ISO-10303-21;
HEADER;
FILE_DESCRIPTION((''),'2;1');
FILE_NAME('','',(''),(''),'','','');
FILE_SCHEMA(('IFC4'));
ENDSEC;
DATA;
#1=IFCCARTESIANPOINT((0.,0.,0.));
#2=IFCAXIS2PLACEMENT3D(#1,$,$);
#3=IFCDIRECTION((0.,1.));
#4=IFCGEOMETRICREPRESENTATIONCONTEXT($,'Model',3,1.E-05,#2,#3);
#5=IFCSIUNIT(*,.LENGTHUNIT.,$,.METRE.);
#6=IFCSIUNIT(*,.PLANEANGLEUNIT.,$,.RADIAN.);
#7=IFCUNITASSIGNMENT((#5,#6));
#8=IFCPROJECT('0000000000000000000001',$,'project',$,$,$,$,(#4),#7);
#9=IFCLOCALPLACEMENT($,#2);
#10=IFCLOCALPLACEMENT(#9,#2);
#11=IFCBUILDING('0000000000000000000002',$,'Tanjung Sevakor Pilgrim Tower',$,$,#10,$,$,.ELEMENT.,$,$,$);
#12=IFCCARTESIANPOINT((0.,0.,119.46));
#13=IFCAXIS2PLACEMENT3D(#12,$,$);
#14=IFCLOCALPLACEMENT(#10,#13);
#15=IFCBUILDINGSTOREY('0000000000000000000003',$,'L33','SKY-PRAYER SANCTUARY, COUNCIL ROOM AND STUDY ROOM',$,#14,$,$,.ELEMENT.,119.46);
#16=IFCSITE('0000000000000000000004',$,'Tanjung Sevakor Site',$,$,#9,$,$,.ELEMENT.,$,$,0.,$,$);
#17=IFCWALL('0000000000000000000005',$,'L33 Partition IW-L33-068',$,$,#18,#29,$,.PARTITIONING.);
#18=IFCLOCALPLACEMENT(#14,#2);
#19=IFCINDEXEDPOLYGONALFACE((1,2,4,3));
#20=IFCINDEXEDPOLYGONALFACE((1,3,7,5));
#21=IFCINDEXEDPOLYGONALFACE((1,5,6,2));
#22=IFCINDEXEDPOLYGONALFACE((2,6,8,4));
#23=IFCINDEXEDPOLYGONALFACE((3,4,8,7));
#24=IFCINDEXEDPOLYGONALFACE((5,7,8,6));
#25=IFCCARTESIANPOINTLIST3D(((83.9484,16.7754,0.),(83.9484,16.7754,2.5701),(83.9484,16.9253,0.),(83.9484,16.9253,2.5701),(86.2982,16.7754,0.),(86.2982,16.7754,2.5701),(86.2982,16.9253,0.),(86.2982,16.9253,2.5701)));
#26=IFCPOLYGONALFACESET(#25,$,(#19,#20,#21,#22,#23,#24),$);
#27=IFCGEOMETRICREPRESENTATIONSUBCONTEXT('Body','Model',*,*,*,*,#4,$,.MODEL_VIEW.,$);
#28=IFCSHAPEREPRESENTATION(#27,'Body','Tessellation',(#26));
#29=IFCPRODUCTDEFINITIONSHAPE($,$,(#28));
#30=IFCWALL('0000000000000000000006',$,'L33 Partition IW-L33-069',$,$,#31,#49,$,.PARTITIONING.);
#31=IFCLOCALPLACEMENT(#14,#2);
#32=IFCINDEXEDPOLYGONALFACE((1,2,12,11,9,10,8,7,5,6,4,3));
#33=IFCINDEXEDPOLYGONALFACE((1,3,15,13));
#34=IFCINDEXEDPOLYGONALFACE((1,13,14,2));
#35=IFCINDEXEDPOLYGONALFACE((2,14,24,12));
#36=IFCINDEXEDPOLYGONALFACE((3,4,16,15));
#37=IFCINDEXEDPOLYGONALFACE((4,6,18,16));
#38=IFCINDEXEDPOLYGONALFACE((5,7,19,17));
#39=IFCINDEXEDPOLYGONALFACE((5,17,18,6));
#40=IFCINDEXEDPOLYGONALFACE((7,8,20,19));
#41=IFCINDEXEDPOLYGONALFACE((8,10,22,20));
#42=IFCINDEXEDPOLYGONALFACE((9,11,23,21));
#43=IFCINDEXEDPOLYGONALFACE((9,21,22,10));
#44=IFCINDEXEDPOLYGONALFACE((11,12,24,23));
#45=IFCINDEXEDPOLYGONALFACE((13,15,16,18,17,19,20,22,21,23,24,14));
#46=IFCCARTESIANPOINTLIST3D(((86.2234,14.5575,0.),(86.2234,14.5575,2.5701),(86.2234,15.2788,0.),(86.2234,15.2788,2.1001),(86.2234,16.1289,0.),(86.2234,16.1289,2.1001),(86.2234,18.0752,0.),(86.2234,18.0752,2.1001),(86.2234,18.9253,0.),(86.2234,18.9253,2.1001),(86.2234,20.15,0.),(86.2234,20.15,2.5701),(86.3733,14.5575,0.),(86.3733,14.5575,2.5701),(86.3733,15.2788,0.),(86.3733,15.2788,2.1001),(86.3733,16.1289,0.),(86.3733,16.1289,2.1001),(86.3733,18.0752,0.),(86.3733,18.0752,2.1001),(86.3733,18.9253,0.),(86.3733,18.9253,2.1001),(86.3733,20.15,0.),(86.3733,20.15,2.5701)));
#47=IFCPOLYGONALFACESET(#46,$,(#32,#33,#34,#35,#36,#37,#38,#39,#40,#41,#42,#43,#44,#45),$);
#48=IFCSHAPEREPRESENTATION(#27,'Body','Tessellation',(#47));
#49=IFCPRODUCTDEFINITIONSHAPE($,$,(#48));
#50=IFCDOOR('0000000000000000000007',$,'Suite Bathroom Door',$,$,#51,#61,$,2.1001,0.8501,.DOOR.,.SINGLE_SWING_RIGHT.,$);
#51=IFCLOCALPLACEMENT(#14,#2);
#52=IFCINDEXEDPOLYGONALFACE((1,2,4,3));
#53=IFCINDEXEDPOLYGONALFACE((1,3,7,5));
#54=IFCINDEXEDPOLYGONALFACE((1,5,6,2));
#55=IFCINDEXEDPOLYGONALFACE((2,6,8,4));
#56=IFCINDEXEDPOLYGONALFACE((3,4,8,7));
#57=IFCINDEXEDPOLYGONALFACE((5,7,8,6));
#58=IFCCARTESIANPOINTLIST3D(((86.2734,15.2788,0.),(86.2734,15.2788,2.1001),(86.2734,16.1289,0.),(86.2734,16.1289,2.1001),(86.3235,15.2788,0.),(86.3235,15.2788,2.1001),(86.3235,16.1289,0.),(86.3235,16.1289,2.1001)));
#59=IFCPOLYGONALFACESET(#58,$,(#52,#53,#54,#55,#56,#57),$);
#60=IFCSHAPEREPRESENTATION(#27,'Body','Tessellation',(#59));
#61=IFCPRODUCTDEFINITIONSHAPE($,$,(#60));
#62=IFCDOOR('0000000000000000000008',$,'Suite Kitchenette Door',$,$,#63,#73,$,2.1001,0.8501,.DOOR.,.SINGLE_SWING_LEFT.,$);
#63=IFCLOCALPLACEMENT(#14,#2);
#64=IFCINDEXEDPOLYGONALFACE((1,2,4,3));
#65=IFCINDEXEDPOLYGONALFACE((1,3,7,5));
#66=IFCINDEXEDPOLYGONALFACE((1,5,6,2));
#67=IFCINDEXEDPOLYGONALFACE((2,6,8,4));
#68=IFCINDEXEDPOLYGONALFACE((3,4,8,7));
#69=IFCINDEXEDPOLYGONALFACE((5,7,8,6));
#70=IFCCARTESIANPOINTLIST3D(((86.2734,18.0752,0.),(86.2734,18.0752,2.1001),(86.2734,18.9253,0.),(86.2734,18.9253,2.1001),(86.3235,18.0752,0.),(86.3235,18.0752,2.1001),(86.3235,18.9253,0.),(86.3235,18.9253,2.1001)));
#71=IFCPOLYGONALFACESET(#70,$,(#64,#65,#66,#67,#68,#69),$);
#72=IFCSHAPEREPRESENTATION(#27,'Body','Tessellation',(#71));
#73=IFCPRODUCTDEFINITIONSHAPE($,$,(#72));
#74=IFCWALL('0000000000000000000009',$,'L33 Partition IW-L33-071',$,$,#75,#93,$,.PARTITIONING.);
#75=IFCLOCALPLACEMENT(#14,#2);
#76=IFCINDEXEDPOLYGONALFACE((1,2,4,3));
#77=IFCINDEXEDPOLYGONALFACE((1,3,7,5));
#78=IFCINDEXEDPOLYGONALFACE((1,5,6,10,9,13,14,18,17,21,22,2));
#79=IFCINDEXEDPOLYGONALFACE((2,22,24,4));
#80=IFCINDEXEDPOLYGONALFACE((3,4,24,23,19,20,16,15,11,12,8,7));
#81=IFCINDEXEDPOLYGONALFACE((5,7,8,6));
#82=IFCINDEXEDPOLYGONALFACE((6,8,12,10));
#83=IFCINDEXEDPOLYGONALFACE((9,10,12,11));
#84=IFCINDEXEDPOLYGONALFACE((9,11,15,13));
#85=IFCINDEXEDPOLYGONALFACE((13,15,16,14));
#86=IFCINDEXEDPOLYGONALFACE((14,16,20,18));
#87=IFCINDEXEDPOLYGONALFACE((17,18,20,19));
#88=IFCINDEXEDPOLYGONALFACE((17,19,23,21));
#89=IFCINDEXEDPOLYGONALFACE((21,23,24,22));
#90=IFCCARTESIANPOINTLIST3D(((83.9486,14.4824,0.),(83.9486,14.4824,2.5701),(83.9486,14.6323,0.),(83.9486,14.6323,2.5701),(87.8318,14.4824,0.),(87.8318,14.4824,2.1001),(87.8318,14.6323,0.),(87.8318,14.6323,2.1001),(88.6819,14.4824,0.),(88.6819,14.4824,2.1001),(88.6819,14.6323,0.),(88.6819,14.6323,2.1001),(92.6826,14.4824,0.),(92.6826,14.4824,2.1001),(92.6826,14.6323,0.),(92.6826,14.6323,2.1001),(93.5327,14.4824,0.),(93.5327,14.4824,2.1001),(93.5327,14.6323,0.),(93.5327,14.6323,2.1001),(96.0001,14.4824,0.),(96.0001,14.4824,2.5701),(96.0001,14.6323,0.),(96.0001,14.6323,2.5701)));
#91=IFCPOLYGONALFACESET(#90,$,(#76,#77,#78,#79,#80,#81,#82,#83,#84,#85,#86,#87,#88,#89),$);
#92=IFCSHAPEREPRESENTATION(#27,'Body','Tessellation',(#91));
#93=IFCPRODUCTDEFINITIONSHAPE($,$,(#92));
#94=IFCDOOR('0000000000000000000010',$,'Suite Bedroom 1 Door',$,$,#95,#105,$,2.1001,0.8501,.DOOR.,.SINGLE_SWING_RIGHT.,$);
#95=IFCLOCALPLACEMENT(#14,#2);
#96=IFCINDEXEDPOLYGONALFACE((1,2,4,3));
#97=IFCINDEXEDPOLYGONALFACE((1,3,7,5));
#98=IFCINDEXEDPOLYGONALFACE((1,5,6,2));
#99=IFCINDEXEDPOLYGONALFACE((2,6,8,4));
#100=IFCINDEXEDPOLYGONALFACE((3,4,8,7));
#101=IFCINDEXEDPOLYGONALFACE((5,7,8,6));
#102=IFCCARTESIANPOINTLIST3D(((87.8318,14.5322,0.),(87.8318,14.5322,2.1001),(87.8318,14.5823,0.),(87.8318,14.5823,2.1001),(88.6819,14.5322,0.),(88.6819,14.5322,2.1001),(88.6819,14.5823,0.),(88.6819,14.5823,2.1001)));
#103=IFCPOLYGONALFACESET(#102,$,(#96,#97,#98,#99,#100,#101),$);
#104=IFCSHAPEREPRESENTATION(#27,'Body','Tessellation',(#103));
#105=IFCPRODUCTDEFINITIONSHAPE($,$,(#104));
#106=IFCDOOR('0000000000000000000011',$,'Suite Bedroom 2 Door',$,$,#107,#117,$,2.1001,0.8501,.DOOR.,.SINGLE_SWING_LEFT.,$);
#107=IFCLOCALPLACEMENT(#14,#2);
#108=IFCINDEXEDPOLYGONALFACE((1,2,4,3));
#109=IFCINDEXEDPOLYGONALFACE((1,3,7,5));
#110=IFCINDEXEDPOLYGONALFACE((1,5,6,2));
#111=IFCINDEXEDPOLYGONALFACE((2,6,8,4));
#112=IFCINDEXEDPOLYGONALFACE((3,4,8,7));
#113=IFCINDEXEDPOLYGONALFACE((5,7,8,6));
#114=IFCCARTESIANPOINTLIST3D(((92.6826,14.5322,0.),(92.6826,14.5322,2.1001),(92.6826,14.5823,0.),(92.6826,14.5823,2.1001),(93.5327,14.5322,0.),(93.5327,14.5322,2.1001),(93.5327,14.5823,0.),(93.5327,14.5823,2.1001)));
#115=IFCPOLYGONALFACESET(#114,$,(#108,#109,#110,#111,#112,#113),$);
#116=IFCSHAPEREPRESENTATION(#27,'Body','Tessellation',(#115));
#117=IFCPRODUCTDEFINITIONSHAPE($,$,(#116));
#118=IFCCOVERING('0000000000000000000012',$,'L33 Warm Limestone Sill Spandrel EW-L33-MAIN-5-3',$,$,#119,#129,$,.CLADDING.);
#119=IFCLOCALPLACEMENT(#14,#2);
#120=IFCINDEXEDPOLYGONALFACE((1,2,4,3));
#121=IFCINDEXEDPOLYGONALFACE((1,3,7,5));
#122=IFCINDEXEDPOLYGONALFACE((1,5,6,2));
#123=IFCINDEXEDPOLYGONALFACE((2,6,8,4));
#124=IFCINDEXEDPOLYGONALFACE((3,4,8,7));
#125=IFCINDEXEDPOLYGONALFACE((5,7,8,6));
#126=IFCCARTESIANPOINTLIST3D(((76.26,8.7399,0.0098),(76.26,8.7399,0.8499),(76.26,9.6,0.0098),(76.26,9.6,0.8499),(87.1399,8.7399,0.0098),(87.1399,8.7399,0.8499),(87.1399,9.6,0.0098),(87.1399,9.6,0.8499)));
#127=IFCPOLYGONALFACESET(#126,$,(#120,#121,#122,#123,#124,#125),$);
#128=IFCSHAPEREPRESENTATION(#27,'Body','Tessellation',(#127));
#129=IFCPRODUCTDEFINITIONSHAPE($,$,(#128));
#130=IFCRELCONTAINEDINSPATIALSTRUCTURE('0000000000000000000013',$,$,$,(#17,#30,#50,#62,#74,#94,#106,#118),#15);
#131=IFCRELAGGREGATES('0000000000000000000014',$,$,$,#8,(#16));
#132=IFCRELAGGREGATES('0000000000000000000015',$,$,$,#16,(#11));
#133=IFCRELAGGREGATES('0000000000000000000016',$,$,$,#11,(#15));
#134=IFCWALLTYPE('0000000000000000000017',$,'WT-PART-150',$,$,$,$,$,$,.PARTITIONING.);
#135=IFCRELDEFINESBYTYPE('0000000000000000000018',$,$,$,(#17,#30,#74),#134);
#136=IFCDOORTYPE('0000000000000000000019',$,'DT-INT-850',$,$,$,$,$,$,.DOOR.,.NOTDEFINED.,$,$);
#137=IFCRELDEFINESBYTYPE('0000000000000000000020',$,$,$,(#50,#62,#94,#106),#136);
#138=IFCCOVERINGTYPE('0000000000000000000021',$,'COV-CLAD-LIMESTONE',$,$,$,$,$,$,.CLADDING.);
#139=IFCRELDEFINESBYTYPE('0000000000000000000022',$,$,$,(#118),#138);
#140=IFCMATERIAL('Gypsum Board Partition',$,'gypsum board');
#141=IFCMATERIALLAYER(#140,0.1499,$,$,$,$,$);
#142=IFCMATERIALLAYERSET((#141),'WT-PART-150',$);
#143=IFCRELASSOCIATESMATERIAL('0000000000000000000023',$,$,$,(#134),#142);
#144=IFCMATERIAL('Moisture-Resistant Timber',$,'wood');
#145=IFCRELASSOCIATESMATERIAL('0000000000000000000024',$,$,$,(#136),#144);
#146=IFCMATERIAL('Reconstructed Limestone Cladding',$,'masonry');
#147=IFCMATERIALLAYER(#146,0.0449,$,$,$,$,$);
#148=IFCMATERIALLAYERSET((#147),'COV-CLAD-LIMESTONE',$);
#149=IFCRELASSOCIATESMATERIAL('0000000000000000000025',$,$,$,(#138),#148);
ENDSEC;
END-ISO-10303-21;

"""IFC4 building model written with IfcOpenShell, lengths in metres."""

from ifc_helpers import new_model, si_unit, direction, frame, frame_2d, origin, origin_2d, place, context, subcontext, project, spatial, rectangle, extrude, material, layer, layer_set, type_object, element, fill, save


model = new_model("IFC4")

# Units and contexts
model_context = context("Model", 3, precision=1e-05, world=origin(), true_north=direction((0.0, 1.0)))
body_context = subcontext(model_context, "Body", "Model", "MODEL_VIEW")
ifc_project = project(units=[si_unit("LENGTHUNIT", "METRE"), si_unit("PLANEANGLEUNIT", "RADIAN")], contexts=[model_context])

# Site, building, storey
site_placement = place(None, origin())
site = spatial("IfcSite", under=ifc_project, at=site_placement, Name="Tanjung Sevakor Site", CompositionType="ELEMENT", RefElevation=0.0)
building_placement = place(site_placement, origin())
building = spatial("IfcBuilding", under=site, at=building_placement, Name="Tanjung Sevakor Pilgrim Tower", CompositionType="ELEMENT")
storey_placement = place(building_placement, frame((0.0, 0.0, 119.46)))
storey = spatial("IfcBuildingStorey", under=building, at=storey_placement, Name="L33", Description="SKY-PRAYER SANCTUARY, COUNCIL ROOM AND STUDY ROOM", CompositionType="ELEMENT", Elevation=119.46)

# Wall
ifc_material_1 = material(Name="Gypsum Board Partition", Category="gypsum board")
ifc_layer_1 = layer(ifc_material_1, 0.1499)
ifc_layer_set_1 = layer_set([ifc_layer_1], Name="WT-PART-150")
wall_type_1 = type_object("IfcWallType", Name="WT-PART-150", PredefinedType="PARTITIONING", material=ifc_layer_set_1)
wall_1_placement = place(storey_placement, frame((83.9485, 16.8503, 0.0), z_axis=(0.0, 0.0, 1.0), x_axis=(1.0, 0.0, 0.0)))
element("IfcWall", 1, at=wall_1_placement, inside=storey, type_object=wall_type_1, Name="L33 Partition IW-L33-068", PredefinedType="PARTITIONING", context=body_context, shape_type="SweptSolid", body=[
    extrude(rectangle(XDim=2.3499, YDim=0.1499, at=frame_2d((1.1748, 0.0))), origin(), (0.0, 0.0, 1.0), 2.5701),
])

# Walls, openings, doors
wall_2_placement = place(storey_placement, frame((86.2983, 14.5574, 0.0), z_axis=(0.0, 0.0, 1.0), x_axis=(0.0, 1.0, 0.0)))
wall_2 = element("IfcWall", 2, at=wall_2_placement, inside=storey, type_object=wall_type_1, Name="L33 Partition IW-L33-069", PredefinedType="PARTITIONING", context=body_context, shape_type="SweptSolid", body=[
    extrude(rectangle(XDim=5.5925, YDim=0.1499, at=frame_2d((2.7964, 0.0))), origin(), (0.0, 0.0, 1.0), 2.5701),
])
opening_1_placement = place(wall_2_placement, frame((0.7214, 0.0, 0.0)))
opening_1 = element("IfcOpeningElement", 3, at=opening_1_placement, cuts=wall_2, PredefinedType="OPENING", context=body_context, shape_type="SweptSolid", body=[
    extrude(rectangle(XDim=0.8501, YDim=2.1001, at=frame_2d((0.425, 1.05))), frame((0.0, 0.085, 0.0), z_axis=(0.0, -1.0, 0.0), x_axis=(1.0, 0.0, 0.0)), (0.0, 0.0, 1.0), 0.1699),
])
opening_2_placement = place(wall_2_placement, frame((3.5178, 0.0, 0.0)))
opening_2 = element("IfcOpeningElement", 4, at=opening_2_placement, cuts=wall_2, PredefinedType="OPENING", context=body_context, shape_type="SweptSolid", body=[
    extrude(rectangle(XDim=0.8501, YDim=2.1001, at=frame_2d((0.425, 1.05))), frame((0.0, 0.085, 0.0), z_axis=(0.0, -1.0, 0.0), x_axis=(1.0, 0.0, 0.0)), (0.0, 0.0, 1.0), 0.1699),
])
ifc_material_2 = material(Name="Moisture-Resistant Timber", Category="wood")
door_type_1 = type_object("IfcDoorType", Name="DT-INT-850", OperationType="NOTDEFINED", PredefinedType="DOOR", material=ifc_material_2)
door_1_placement = place(opening_1_placement, origin())
door_1 = element("IfcDoor", 5, at=door_1_placement, inside=storey, type_object=door_type_1, Name="Suite Bathroom Door", OperationType="SINGLE_SWING_RIGHT", OverallHeight=2.1001, OverallWidth=0.8501, PredefinedType="DOOR", context=body_context, shape_type="SweptSolid", body=[
    extrude(rectangle(XDim=0.8501, YDim=2.1001, at=frame_2d((0.425, 1.05))), frame((0.0, 0.0249, 0.0), z_axis=(0.0, -1.0, 0.0), x_axis=(1.0, 0.0, 0.0)), (0.0, 0.0, 1.0), 0.05),
])
fill(opening_1, door_1)
door_2_placement = place(opening_2_placement, origin())
door_2 = element("IfcDoor", 6, at=door_2_placement, inside=storey, type_object=door_type_1, Name="Suite Kitchenette Door", OperationType="SINGLE_SWING_LEFT", OverallHeight=2.1001, OverallWidth=0.8501, PredefinedType="DOOR", context=body_context, shape_type="SweptSolid", body=[
    extrude(rectangle(XDim=0.8501, YDim=2.1001, at=frame_2d((0.425, 1.05))), frame((0.0, 0.0249, 0.0), z_axis=(0.0, -1.0, 0.0), x_axis=(1.0, 0.0, 0.0)), (0.0, 0.0, 1.0), 0.05),
])
fill(opening_2, door_2)
wall_3_placement = place(storey_placement, frame((83.9485, 14.5574, 0.0), z_axis=(0.0, 0.0, 1.0), x_axis=(1.0, 0.0, 0.0)))
wall_3 = element("IfcWall", 7, at=wall_3_placement, inside=storey, type_object=wall_type_1, Name="L33 Partition IW-L33-071", PredefinedType="PARTITIONING", context=body_context, shape_type="SweptSolid", body=[
    extrude(rectangle(XDim=12.0515, YDim=0.1499, at=frame_2d((6.0259, 0.0))), origin(), (0.0, 0.0, 1.0), 2.5701),
])
opening_3_placement = place(wall_3_placement, frame((3.8833, 0.0, 0.0)))
opening_3 = element("IfcOpeningElement", 8, at=opening_3_placement, cuts=wall_3, PredefinedType="OPENING", context=body_context, shape_type="SweptSolid", body=[
    extrude(rectangle(XDim=0.8501, YDim=2.1001, at=frame_2d((0.425, 1.05))), frame((0.0, 0.085, 0.0), z_axis=(0.0, -1.0, 0.0), x_axis=(1.0, 0.0, 0.0)), (0.0, 0.0, 1.0), 0.1699),
])
opening_4_placement = place(wall_3_placement, frame((8.7341, 0.0, 0.0)))
opening_4 = element("IfcOpeningElement", 9, at=opening_4_placement, cuts=wall_3, PredefinedType="OPENING", context=body_context, shape_type="SweptSolid", body=[
    extrude(rectangle(XDim=0.8501, YDim=2.1001, at=frame_2d((0.425, 1.05))), frame((0.0, 0.085, 0.0), z_axis=(0.0, -1.0, 0.0), x_axis=(1.0, 0.0, 0.0)), (0.0, 0.0, 1.0), 0.1699),
])
door_3_placement = place(opening_3_placement, origin())
door_3 = element("IfcDoor", 10, at=door_3_placement, inside=storey, type_object=door_type_1, Name="Suite Bedroom 1 Door", OperationType="SINGLE_SWING_RIGHT", OverallHeight=2.1001, OverallWidth=0.8501, PredefinedType="DOOR", context=body_context, shape_type="SweptSolid", body=[
    extrude(rectangle(XDim=0.8501, YDim=2.1001, at=frame_2d((0.425, 1.05))), frame((0.0, 0.0249, 0.0), z_axis=(0.0, -1.0, 0.0), x_axis=(1.0, 0.0, 0.0)), (0.0, 0.0, 1.0), 0.05),
])
fill(opening_3, door_3)
door_4_placement = place(opening_4_placement, origin())
door_4 = element("IfcDoor", 11, at=door_4_placement, inside=storey, type_object=door_type_1, Name="Suite Bedroom 2 Door", OperationType="SINGLE_SWING_LEFT", OverallHeight=2.1001, OverallWidth=0.8501, PredefinedType="DOOR", context=body_context, shape_type="SweptSolid", body=[
    extrude(rectangle(XDim=0.8501, YDim=2.1001, at=frame_2d((0.425, 1.05))), frame((0.0, 0.0249, 0.0), z_axis=(0.0, -1.0, 0.0), x_axis=(1.0, 0.0, 0.0)), (0.0, 0.0, 1.0), 0.05),
])
fill(opening_4, door_4)

# Covering
ifc_material_3 = material(Name="Reconstructed Limestone Cladding", Category="masonry")
ifc_layer_2 = layer(ifc_material_3, 0.0449)
ifc_layer_set_2 = layer_set([ifc_layer_2], Name="COV-CLAD-LIMESTONE")
covering_type = type_object("IfcCoveringType", Name="COV-CLAD-LIMESTONE", PredefinedType="CLADDING", material=ifc_layer_set_2)
covering_placement = place(storey_placement, frame((81.7, 9.1699, 0.0098), z_axis=(0.0, 0.0, 1.0), x_axis=(1.0, 0.0, 0.0)))
element("IfcCovering", 12, at=covering_placement, inside=storey, type_object=covering_type, Name="L33 Warm Limestone Sill Spandrel EW-L33-MAIN-5-3", PredefinedType="CLADDING", context=body_context, shape_type="SweptSolid", body=[
    extrude(rectangle(XDim=10.8799, YDim=0.8601, at=origin_2d()), origin(), (0.0, 0.0, 1.0), 0.8401),
])

save(model, "model.ifc")
